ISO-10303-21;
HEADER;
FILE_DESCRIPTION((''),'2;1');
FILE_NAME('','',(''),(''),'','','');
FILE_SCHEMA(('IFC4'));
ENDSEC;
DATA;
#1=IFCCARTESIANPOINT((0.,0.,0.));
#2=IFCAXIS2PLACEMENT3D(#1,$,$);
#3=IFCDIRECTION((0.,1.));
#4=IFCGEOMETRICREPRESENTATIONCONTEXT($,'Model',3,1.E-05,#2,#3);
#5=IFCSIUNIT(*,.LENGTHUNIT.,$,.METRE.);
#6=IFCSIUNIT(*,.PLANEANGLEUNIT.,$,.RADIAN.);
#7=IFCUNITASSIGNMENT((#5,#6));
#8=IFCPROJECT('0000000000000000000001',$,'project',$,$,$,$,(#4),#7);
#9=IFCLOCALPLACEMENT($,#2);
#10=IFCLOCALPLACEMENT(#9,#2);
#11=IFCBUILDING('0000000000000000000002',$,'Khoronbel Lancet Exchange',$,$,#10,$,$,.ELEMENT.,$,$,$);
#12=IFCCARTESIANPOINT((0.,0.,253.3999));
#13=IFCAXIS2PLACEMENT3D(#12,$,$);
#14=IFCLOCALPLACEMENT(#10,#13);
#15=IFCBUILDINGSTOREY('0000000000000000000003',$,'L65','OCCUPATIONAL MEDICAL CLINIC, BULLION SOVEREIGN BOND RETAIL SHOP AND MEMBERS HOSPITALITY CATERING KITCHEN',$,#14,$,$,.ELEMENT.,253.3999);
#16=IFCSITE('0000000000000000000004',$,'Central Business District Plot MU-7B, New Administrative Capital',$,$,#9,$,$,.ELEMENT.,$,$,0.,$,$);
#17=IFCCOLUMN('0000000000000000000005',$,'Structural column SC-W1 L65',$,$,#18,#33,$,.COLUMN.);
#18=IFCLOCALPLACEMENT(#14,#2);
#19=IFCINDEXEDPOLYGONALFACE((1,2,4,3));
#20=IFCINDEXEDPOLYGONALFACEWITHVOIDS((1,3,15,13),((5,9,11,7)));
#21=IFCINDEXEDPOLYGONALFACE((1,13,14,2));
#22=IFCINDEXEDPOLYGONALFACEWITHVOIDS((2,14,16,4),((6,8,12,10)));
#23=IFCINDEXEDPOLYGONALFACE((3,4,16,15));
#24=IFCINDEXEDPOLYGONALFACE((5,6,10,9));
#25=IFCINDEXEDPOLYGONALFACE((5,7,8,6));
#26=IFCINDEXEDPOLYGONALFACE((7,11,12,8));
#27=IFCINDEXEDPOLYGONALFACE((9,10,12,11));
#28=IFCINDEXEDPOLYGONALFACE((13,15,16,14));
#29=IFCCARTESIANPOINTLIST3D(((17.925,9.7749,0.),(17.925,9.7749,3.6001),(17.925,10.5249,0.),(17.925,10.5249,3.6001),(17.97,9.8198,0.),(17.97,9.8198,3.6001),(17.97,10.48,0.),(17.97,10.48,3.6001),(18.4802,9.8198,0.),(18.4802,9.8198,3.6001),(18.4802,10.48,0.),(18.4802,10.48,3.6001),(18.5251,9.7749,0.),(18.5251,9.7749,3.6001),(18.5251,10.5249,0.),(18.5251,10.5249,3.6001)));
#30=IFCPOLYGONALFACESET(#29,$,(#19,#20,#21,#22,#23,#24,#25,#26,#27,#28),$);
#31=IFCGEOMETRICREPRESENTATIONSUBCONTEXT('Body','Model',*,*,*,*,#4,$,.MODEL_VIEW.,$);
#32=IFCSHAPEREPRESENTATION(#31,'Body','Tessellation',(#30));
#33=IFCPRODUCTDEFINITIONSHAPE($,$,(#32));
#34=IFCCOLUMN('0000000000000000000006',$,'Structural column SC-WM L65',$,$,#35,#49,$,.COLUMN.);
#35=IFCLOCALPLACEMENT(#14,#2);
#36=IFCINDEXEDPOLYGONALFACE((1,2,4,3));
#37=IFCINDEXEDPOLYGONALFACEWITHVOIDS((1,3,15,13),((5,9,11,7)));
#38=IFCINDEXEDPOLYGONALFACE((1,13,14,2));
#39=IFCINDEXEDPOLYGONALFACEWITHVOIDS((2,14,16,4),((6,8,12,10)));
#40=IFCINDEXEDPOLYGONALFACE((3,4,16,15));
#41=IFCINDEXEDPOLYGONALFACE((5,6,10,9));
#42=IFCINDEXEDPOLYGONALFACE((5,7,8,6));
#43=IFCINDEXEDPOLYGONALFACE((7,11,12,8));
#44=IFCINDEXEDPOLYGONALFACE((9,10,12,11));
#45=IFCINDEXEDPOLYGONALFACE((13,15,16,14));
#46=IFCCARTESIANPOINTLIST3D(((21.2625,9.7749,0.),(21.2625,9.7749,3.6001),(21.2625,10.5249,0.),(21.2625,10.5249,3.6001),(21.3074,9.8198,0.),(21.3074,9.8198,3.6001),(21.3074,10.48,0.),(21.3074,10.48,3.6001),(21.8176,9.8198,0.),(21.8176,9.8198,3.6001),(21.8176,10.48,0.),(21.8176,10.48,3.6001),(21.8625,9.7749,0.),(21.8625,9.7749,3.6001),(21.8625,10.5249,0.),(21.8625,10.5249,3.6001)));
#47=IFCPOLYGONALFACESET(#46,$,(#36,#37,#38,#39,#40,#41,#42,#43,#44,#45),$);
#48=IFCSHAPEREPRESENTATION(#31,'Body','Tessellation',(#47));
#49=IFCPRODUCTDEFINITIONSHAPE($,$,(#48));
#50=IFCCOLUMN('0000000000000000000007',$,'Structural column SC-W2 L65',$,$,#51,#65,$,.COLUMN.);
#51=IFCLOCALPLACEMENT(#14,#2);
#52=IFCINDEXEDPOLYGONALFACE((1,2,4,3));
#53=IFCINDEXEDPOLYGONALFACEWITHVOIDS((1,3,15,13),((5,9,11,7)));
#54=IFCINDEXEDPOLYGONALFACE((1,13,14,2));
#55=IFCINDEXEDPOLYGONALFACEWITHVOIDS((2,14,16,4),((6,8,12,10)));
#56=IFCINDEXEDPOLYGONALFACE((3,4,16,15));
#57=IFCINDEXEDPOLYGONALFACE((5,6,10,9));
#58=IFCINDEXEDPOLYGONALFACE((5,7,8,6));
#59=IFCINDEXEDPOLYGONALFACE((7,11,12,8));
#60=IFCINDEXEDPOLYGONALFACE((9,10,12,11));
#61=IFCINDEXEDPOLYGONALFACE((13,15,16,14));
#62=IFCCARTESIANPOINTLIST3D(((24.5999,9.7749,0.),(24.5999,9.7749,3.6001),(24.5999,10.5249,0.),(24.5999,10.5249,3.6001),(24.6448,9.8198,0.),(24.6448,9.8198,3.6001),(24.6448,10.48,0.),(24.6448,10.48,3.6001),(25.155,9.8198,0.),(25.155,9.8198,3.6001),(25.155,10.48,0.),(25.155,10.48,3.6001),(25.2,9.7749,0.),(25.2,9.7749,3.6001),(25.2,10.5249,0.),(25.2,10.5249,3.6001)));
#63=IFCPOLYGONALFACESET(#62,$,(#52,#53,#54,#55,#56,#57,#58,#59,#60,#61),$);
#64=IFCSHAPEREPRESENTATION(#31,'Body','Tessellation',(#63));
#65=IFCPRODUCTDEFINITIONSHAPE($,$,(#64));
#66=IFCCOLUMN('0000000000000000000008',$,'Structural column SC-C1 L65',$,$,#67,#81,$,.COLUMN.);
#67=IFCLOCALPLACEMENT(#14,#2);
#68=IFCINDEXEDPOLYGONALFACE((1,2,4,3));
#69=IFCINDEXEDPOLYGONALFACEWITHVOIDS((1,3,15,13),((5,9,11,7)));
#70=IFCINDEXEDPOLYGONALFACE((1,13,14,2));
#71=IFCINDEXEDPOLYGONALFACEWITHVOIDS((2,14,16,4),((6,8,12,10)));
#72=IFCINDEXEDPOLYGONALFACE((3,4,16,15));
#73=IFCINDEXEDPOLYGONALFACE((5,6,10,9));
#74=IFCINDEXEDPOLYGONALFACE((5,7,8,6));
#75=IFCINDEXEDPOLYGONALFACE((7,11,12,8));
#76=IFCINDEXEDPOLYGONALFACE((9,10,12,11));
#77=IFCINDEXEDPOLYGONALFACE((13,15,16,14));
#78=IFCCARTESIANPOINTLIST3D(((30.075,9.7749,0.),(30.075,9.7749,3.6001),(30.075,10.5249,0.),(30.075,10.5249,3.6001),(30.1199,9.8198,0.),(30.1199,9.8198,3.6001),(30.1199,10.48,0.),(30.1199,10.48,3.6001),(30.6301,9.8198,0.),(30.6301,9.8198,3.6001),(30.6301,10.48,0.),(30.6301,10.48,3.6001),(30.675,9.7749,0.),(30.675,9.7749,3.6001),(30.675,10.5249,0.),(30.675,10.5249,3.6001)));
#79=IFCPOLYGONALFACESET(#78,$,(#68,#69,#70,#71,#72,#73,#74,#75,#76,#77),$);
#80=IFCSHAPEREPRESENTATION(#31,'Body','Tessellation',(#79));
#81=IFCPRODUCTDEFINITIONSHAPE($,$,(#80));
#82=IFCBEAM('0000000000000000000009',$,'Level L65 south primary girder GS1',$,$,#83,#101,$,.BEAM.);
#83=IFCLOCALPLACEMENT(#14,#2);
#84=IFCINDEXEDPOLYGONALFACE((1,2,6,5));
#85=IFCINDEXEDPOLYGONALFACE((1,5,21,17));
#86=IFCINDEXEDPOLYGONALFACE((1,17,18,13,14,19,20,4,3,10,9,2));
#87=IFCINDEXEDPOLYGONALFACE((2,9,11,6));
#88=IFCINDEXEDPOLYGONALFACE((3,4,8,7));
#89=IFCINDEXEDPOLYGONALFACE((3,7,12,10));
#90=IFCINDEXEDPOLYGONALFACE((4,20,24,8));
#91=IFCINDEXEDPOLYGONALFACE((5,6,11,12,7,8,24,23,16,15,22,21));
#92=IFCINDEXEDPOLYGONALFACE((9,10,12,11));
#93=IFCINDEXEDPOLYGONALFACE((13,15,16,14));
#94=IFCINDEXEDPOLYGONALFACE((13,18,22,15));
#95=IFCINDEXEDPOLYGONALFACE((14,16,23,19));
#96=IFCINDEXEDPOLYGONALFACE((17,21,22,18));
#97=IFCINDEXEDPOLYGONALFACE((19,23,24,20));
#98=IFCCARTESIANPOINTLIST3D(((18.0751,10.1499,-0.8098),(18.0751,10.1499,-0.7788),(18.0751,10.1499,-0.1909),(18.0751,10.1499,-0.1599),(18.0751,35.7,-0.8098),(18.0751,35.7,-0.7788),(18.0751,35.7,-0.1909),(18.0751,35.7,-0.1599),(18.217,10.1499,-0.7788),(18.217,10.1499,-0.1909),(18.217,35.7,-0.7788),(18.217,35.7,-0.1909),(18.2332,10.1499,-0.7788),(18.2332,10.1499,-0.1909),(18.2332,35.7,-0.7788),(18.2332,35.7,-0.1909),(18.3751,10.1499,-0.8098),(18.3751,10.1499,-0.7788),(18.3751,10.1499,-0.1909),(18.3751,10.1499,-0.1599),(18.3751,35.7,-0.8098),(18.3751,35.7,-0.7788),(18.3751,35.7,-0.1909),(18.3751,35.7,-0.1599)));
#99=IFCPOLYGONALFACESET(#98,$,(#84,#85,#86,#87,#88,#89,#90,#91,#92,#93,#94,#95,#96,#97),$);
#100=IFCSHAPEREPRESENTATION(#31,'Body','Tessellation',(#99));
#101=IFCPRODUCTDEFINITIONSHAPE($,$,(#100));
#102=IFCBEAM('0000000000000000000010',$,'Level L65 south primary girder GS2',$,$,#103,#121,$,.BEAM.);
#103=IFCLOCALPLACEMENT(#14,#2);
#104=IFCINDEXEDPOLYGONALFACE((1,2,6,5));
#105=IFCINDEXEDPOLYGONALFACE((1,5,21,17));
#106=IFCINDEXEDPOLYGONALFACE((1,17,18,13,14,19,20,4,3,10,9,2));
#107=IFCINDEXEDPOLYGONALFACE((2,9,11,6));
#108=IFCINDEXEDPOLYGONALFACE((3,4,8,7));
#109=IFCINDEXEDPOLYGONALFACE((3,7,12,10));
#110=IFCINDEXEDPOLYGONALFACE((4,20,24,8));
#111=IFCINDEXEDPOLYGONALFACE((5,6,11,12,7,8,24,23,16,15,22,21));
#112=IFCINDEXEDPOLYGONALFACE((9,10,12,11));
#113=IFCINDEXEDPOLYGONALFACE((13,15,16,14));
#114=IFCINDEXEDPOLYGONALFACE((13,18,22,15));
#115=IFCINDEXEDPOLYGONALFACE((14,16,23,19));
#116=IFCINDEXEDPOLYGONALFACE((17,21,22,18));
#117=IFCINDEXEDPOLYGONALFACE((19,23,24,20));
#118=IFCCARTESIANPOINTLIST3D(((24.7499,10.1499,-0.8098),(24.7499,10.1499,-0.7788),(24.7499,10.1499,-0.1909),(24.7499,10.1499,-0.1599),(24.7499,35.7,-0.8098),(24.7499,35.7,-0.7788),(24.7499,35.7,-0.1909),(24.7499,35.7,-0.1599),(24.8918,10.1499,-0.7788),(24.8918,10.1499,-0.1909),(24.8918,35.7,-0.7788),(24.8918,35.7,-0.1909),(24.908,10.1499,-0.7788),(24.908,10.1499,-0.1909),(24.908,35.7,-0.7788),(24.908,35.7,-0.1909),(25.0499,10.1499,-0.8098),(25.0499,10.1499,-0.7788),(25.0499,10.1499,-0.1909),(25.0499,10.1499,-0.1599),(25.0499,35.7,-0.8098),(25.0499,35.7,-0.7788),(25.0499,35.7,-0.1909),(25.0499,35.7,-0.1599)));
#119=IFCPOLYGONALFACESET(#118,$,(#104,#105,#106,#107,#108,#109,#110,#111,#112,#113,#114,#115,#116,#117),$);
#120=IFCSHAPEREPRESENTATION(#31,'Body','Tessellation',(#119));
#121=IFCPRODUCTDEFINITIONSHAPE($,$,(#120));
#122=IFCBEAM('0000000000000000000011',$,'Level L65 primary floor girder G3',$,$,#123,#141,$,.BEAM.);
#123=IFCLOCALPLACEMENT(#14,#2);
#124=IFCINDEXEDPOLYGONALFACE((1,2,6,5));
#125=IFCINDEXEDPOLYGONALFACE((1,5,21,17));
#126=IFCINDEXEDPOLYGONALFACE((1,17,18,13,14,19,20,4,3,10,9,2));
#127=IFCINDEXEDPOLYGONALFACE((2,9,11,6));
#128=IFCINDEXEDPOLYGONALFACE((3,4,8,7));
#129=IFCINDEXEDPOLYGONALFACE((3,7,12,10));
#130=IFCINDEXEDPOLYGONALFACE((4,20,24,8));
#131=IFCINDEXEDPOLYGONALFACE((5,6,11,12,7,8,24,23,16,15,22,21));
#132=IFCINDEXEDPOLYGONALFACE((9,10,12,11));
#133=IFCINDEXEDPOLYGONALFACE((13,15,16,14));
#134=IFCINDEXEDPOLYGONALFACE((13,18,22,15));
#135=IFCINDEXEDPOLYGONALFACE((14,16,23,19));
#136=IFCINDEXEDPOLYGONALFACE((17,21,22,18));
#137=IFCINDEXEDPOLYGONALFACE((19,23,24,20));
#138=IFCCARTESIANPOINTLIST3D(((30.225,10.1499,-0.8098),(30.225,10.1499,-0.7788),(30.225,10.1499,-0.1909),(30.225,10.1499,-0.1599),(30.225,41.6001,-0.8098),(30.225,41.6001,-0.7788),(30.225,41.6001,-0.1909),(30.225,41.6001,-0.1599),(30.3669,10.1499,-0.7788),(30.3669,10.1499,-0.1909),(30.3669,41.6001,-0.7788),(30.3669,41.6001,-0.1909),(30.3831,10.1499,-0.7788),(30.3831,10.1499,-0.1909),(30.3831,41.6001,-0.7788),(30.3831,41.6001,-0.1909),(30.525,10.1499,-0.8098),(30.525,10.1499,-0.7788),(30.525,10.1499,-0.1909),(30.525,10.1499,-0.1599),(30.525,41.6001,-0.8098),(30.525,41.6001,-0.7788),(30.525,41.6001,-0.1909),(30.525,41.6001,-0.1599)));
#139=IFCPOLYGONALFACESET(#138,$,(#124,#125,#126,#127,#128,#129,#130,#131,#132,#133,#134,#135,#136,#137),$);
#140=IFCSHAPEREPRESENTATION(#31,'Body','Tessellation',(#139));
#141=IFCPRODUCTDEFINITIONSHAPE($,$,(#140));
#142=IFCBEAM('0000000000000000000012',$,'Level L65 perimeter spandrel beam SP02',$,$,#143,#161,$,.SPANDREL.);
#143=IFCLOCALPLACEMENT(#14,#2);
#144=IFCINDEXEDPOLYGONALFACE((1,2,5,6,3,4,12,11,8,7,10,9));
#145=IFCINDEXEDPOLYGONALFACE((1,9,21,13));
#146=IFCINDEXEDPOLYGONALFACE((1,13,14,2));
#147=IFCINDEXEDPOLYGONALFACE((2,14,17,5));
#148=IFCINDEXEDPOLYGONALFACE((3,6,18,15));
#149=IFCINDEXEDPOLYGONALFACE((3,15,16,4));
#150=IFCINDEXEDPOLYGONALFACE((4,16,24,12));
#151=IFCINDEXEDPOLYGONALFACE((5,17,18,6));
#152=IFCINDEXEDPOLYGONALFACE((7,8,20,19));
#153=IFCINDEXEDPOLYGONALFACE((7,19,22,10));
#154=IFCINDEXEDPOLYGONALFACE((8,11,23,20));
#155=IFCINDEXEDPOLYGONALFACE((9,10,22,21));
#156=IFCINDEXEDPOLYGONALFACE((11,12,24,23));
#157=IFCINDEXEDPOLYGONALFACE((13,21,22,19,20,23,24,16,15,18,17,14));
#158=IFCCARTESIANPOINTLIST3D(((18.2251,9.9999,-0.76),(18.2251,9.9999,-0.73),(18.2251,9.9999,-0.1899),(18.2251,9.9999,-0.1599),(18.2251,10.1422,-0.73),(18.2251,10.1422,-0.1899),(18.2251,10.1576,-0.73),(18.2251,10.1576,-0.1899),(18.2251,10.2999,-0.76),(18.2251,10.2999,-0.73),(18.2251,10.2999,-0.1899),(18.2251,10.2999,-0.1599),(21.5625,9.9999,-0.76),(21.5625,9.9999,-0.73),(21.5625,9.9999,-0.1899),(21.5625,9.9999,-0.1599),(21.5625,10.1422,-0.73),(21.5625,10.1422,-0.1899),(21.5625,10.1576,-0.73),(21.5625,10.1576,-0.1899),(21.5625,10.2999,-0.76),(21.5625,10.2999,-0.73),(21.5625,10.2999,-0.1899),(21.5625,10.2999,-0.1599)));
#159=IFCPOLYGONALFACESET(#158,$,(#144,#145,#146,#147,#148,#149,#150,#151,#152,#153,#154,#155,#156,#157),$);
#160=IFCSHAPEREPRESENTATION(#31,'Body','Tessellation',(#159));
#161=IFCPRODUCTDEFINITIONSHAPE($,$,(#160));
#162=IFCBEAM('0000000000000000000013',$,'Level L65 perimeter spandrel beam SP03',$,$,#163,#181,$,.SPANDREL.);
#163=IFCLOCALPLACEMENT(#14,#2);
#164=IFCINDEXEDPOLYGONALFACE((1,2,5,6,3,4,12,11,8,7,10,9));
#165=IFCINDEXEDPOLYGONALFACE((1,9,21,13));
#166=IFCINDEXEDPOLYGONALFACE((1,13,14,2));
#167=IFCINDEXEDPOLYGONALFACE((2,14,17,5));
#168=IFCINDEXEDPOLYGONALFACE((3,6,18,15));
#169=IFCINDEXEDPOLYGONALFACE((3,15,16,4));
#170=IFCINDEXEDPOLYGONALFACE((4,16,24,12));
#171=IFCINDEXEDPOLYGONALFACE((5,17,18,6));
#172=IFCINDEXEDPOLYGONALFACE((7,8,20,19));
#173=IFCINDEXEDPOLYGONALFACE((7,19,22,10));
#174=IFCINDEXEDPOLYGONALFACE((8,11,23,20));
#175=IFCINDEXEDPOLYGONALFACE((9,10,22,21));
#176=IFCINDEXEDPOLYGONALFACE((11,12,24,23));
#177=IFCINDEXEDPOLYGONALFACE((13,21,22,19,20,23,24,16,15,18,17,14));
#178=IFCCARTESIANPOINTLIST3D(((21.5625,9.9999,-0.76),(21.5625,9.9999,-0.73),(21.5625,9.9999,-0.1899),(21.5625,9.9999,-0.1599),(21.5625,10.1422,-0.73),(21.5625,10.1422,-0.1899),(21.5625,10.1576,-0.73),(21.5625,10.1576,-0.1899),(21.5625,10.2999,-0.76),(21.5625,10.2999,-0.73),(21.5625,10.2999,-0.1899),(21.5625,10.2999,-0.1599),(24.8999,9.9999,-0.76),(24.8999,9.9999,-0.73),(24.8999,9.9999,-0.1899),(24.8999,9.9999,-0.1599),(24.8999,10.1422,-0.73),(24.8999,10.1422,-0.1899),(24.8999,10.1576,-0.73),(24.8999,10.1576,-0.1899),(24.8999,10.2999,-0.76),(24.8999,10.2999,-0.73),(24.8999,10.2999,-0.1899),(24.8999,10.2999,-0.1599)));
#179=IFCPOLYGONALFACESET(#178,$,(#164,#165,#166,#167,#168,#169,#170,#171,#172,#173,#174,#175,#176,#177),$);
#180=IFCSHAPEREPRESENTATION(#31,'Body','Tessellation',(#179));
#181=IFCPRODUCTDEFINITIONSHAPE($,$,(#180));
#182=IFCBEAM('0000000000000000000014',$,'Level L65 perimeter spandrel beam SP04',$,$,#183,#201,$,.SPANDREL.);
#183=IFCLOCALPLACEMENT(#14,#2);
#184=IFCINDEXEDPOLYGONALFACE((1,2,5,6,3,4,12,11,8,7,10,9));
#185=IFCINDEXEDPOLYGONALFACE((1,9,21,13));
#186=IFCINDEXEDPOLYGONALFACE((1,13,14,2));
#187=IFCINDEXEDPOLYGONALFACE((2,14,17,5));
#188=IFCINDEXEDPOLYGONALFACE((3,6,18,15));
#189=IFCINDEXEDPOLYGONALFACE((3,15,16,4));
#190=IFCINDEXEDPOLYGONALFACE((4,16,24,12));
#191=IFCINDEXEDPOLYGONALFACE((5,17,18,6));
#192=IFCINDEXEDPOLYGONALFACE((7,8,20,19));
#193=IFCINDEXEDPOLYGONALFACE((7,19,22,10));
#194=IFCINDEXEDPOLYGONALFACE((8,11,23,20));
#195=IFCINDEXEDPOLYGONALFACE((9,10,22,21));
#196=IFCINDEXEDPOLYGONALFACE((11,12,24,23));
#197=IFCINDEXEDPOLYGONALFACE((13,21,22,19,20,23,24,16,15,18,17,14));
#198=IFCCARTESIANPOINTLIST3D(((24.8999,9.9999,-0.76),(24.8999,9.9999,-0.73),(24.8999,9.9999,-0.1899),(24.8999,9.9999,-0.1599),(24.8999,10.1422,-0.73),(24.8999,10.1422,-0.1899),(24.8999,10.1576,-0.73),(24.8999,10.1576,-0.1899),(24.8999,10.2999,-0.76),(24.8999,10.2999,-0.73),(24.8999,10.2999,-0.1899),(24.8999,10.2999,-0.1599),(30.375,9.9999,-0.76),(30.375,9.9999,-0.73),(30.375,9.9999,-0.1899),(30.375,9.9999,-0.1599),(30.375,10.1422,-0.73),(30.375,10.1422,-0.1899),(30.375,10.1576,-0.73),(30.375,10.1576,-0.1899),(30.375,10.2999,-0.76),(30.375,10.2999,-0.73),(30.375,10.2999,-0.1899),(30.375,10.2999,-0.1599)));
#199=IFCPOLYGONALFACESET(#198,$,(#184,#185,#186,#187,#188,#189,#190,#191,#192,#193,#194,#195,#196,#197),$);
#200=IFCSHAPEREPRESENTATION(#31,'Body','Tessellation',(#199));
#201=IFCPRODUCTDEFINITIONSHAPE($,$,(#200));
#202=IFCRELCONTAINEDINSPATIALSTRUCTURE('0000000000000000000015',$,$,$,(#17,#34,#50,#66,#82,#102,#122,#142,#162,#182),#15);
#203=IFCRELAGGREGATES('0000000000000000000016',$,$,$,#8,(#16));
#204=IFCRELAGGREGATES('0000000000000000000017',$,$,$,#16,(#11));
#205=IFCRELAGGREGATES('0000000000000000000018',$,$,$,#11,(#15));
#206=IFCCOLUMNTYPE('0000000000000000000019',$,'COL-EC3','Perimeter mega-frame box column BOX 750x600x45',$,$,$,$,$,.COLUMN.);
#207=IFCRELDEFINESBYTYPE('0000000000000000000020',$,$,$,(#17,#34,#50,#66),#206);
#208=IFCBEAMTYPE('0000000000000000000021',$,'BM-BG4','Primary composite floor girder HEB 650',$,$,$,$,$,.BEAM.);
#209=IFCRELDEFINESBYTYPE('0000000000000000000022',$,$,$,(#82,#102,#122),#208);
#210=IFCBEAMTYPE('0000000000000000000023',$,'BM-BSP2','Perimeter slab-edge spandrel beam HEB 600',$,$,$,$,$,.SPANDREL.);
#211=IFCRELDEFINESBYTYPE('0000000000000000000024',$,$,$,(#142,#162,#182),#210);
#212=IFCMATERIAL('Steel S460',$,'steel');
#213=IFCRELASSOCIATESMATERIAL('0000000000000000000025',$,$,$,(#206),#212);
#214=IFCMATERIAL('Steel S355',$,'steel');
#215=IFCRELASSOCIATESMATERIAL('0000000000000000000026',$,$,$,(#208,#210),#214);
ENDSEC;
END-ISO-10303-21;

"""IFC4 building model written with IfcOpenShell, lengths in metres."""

from ifc_helpers import new_model, si_unit, direction, frame, origin, origin_2d, place, context, subcontext, project, spatial, hollow_rectangle, i_section, extrude, material, material_profile, profile_set, type_object, element, save


model = new_model("IFC4")

# Units and contexts
model_context = context("Model", 3, precision=1e-05, world=origin(), true_north=direction((0.0, 1.0)))
body_context = subcontext(model_context, "Body", "Model", "MODEL_VIEW")
ifc_project = project(units=[si_unit("LENGTHUNIT", "METRE"), si_unit("PLANEANGLEUNIT", "RADIAN")], contexts=[model_context])

# Site, building, storey
site_placement = place(None, origin())
site = spatial("IfcSite", under=ifc_project, at=site_placement, Name="Central Business District Plot MU-7B, New Administrative Capital", CompositionType="ELEMENT", RefElevation=0.0)
building_placement = place(site_placement, origin())
building = spatial("IfcBuilding", under=site, at=building_placement, Name="Khoronbel Lancet Exchange", CompositionType="ELEMENT")
storey_placement = place(building_placement, frame((0.0, 0.0, 253.3999)))
storey = spatial("IfcBuildingStorey", under=building, at=storey_placement, Name="L65", Description="OCCUPATIONAL MEDICAL CLINIC, BULLION SOVEREIGN BOND RETAIL SHOP AND MEMBERS HOSPITALITY CATERING KITCHEN", CompositionType="ELEMENT", Elevation=253.3999)

# Columns
ifc_material_1 = material(Name="Steel S460", Category="steel")
ifc_material_profile_1 = material_profile(ifc_material_1, hollow_rectangle(XDim=0.6001, YDim=0.75, WallThickness=0.0449, at=origin_2d()), Name="BOX 750x600x45")
ifc_profile_set_1 = profile_set([ifc_material_profile_1], Name="Steel S460")
column_type = type_object("IfcColumnType", Name="COL-EC3", Description="Perimeter mega-frame box column BOX 750x600x45", PredefinedType="COLUMN", material=ifc_profile_set_1)
for number, where, z_axis, x_axis, name in (
    (1, (18.2251, 10.1499, 0.0), (0.0, 0.0, 1.0), (1.0, 0.0, 0.0), "Structural column SC-W1 L65"),
    (2, (21.5625, 10.1499, 0.0), (0.0, 0.0, 1.0), (1.0, 0.0, 0.0), "Structural column SC-WM L65"),
    (3, (24.8999, 10.1499, 0.0), (0.0, 0.0, 1.0), (1.0, 0.0, 0.0), "Structural column SC-W2 L65"),
    (4, (30.375, 10.1499, 0.0), (0.0, 0.0, 1.0), (1.0, 0.0, 0.0), "Structural column SC-C1 L65"),
):
    element("IfcColumn", number, at=place(storey_placement, frame(where, z_axis=z_axis, x_axis=x_axis)), inside=storey, type_object=column_type, Name=name, PredefinedType="COLUMN", context=body_context, shape_type="SweptSolid", body=[
        extrude(hollow_rectangle(XDim=0.6001, YDim=0.75, WallThickness=0.0449, at=origin_2d()), origin(), (0.0, 0.0, 1.0), 3.6001),
    ])

# Beams
ifc_material_2 = material(Name="Steel S355", Category="steel")
ifc_material_profile_2 = material_profile(ifc_material_2, i_section(OverallWidth=0.3, OverallDepth=0.6499, WebThickness=0.0161, FlangeThickness=0.031, at=origin_2d()), Name="HEB 650")
ifc_profile_set_2 = profile_set([ifc_material_profile_2], Name="Steel S355")
beam_type_1 = type_object("IfcBeamType", Name="BM-BG4", Description="Primary composite floor girder HEB 650", PredefinedType="BEAM", material=ifc_profile_set_2)
for number, where, z_axis, x_axis, name in (
    (5, (18.2251, 10.1499, -0.4849), (0.0, 1.0, 0.0), (-1.0, 0.0, 0.0), "Level L65 south primary girder GS1"),
    (6, (24.8999, 10.1499, -0.4849), (0.0, 1.0, 0.0), (-1.0, 0.0, 0.0), "Level L65 south primary girder GS2"),
):
    element("IfcBeam", number, at=place(storey_placement, frame(where, z_axis=z_axis, x_axis=x_axis)), inside=storey, type_object=beam_type_1, Name=name, PredefinedType="BEAM", context=body_context, shape_type="SweptSolid", body=[
        extrude(i_section(OverallWidth=0.3, OverallDepth=0.6499, WebThickness=0.0161, FlangeThickness=0.031, at=origin_2d()), origin(), (0.0, 0.0, 1.0), 25.55),
    ])
beam_1_placement = place(storey_placement, frame((30.375, 10.1499, -0.4849), z_axis=(0.0, 1.0, 0.0), x_axis=(-1.0, 0.0, 0.0)))
element("IfcBeam", 7, at=beam_1_placement, inside=storey, type_object=beam_type_1, Name="Level L65 primary floor girder G3", PredefinedType="BEAM", context=body_context, shape_type="SweptSolid", body=[
    extrude(i_section(OverallWidth=0.3, OverallDepth=0.6499, WebThickness=0.0161, FlangeThickness=0.031, at=origin_2d()), origin(), (0.0, 0.0, 1.0), 31.4502),
])
ifc_material_profile_3 = material_profile(ifc_material_2, i_section(OverallWidth=0.3, OverallDepth=0.6001, WebThickness=0.0154, FlangeThickness=0.03, at=origin_2d()), Name="HEB 600")
ifc_profile_set_3 = profile_set([ifc_material_profile_3], Name="Steel S355")
beam_type_2 = type_object("IfcBeamType", Name="BM-BSP2", Description="Perimeter slab-edge spandrel beam HEB 600", PredefinedType="SPANDREL", material=ifc_profile_set_3)
for number, where, z_axis, x_axis, name in (
    (8, (18.2251, 10.1499, -0.46), (1.0, 0.0, 0.0), (0.0, 1.0, 0.0), "Level L65 perimeter spandrel beam SP02"),
    (9, (21.5625, 10.1499, -0.46), (1.0, 0.0, 0.0), (0.0, 1.0, 0.0), "Level L65 perimeter spandrel beam SP03"),
):
    element("IfcBeam", number, at=place(storey_placement, frame(where, z_axis=z_axis, x_axis=x_axis)), inside=storey, type_object=beam_type_2, Name=name, PredefinedType="SPANDREL", context=body_context, shape_type="SweptSolid", body=[
        extrude(i_section(OverallWidth=0.3, OverallDepth=0.6001, WebThickness=0.0154, FlangeThickness=0.03, at=origin_2d()), origin(), (0.0, 0.0, 1.0), 3.3374),
    ])
beam_2_placement = place(storey_placement, frame((24.8999, 10.1499, -0.46), z_axis=(1.0, 0.0, 0.0), x_axis=(0.0, 1.0, 0.0)))
element("IfcBeam", 10, at=beam_2_placement, inside=storey, type_object=beam_type_2, Name="Level L65 perimeter spandrel beam SP04", PredefinedType="SPANDREL", context=body_context, shape_type="SweptSolid", body=[
    extrude(i_section(OverallWidth=0.3, OverallDepth=0.6001, WebThickness=0.0154, FlangeThickness=0.03, at=origin_2d()), origin(), (0.0, 0.0, 1.0), 5.4751),
])

save(model, "model.ifc")
